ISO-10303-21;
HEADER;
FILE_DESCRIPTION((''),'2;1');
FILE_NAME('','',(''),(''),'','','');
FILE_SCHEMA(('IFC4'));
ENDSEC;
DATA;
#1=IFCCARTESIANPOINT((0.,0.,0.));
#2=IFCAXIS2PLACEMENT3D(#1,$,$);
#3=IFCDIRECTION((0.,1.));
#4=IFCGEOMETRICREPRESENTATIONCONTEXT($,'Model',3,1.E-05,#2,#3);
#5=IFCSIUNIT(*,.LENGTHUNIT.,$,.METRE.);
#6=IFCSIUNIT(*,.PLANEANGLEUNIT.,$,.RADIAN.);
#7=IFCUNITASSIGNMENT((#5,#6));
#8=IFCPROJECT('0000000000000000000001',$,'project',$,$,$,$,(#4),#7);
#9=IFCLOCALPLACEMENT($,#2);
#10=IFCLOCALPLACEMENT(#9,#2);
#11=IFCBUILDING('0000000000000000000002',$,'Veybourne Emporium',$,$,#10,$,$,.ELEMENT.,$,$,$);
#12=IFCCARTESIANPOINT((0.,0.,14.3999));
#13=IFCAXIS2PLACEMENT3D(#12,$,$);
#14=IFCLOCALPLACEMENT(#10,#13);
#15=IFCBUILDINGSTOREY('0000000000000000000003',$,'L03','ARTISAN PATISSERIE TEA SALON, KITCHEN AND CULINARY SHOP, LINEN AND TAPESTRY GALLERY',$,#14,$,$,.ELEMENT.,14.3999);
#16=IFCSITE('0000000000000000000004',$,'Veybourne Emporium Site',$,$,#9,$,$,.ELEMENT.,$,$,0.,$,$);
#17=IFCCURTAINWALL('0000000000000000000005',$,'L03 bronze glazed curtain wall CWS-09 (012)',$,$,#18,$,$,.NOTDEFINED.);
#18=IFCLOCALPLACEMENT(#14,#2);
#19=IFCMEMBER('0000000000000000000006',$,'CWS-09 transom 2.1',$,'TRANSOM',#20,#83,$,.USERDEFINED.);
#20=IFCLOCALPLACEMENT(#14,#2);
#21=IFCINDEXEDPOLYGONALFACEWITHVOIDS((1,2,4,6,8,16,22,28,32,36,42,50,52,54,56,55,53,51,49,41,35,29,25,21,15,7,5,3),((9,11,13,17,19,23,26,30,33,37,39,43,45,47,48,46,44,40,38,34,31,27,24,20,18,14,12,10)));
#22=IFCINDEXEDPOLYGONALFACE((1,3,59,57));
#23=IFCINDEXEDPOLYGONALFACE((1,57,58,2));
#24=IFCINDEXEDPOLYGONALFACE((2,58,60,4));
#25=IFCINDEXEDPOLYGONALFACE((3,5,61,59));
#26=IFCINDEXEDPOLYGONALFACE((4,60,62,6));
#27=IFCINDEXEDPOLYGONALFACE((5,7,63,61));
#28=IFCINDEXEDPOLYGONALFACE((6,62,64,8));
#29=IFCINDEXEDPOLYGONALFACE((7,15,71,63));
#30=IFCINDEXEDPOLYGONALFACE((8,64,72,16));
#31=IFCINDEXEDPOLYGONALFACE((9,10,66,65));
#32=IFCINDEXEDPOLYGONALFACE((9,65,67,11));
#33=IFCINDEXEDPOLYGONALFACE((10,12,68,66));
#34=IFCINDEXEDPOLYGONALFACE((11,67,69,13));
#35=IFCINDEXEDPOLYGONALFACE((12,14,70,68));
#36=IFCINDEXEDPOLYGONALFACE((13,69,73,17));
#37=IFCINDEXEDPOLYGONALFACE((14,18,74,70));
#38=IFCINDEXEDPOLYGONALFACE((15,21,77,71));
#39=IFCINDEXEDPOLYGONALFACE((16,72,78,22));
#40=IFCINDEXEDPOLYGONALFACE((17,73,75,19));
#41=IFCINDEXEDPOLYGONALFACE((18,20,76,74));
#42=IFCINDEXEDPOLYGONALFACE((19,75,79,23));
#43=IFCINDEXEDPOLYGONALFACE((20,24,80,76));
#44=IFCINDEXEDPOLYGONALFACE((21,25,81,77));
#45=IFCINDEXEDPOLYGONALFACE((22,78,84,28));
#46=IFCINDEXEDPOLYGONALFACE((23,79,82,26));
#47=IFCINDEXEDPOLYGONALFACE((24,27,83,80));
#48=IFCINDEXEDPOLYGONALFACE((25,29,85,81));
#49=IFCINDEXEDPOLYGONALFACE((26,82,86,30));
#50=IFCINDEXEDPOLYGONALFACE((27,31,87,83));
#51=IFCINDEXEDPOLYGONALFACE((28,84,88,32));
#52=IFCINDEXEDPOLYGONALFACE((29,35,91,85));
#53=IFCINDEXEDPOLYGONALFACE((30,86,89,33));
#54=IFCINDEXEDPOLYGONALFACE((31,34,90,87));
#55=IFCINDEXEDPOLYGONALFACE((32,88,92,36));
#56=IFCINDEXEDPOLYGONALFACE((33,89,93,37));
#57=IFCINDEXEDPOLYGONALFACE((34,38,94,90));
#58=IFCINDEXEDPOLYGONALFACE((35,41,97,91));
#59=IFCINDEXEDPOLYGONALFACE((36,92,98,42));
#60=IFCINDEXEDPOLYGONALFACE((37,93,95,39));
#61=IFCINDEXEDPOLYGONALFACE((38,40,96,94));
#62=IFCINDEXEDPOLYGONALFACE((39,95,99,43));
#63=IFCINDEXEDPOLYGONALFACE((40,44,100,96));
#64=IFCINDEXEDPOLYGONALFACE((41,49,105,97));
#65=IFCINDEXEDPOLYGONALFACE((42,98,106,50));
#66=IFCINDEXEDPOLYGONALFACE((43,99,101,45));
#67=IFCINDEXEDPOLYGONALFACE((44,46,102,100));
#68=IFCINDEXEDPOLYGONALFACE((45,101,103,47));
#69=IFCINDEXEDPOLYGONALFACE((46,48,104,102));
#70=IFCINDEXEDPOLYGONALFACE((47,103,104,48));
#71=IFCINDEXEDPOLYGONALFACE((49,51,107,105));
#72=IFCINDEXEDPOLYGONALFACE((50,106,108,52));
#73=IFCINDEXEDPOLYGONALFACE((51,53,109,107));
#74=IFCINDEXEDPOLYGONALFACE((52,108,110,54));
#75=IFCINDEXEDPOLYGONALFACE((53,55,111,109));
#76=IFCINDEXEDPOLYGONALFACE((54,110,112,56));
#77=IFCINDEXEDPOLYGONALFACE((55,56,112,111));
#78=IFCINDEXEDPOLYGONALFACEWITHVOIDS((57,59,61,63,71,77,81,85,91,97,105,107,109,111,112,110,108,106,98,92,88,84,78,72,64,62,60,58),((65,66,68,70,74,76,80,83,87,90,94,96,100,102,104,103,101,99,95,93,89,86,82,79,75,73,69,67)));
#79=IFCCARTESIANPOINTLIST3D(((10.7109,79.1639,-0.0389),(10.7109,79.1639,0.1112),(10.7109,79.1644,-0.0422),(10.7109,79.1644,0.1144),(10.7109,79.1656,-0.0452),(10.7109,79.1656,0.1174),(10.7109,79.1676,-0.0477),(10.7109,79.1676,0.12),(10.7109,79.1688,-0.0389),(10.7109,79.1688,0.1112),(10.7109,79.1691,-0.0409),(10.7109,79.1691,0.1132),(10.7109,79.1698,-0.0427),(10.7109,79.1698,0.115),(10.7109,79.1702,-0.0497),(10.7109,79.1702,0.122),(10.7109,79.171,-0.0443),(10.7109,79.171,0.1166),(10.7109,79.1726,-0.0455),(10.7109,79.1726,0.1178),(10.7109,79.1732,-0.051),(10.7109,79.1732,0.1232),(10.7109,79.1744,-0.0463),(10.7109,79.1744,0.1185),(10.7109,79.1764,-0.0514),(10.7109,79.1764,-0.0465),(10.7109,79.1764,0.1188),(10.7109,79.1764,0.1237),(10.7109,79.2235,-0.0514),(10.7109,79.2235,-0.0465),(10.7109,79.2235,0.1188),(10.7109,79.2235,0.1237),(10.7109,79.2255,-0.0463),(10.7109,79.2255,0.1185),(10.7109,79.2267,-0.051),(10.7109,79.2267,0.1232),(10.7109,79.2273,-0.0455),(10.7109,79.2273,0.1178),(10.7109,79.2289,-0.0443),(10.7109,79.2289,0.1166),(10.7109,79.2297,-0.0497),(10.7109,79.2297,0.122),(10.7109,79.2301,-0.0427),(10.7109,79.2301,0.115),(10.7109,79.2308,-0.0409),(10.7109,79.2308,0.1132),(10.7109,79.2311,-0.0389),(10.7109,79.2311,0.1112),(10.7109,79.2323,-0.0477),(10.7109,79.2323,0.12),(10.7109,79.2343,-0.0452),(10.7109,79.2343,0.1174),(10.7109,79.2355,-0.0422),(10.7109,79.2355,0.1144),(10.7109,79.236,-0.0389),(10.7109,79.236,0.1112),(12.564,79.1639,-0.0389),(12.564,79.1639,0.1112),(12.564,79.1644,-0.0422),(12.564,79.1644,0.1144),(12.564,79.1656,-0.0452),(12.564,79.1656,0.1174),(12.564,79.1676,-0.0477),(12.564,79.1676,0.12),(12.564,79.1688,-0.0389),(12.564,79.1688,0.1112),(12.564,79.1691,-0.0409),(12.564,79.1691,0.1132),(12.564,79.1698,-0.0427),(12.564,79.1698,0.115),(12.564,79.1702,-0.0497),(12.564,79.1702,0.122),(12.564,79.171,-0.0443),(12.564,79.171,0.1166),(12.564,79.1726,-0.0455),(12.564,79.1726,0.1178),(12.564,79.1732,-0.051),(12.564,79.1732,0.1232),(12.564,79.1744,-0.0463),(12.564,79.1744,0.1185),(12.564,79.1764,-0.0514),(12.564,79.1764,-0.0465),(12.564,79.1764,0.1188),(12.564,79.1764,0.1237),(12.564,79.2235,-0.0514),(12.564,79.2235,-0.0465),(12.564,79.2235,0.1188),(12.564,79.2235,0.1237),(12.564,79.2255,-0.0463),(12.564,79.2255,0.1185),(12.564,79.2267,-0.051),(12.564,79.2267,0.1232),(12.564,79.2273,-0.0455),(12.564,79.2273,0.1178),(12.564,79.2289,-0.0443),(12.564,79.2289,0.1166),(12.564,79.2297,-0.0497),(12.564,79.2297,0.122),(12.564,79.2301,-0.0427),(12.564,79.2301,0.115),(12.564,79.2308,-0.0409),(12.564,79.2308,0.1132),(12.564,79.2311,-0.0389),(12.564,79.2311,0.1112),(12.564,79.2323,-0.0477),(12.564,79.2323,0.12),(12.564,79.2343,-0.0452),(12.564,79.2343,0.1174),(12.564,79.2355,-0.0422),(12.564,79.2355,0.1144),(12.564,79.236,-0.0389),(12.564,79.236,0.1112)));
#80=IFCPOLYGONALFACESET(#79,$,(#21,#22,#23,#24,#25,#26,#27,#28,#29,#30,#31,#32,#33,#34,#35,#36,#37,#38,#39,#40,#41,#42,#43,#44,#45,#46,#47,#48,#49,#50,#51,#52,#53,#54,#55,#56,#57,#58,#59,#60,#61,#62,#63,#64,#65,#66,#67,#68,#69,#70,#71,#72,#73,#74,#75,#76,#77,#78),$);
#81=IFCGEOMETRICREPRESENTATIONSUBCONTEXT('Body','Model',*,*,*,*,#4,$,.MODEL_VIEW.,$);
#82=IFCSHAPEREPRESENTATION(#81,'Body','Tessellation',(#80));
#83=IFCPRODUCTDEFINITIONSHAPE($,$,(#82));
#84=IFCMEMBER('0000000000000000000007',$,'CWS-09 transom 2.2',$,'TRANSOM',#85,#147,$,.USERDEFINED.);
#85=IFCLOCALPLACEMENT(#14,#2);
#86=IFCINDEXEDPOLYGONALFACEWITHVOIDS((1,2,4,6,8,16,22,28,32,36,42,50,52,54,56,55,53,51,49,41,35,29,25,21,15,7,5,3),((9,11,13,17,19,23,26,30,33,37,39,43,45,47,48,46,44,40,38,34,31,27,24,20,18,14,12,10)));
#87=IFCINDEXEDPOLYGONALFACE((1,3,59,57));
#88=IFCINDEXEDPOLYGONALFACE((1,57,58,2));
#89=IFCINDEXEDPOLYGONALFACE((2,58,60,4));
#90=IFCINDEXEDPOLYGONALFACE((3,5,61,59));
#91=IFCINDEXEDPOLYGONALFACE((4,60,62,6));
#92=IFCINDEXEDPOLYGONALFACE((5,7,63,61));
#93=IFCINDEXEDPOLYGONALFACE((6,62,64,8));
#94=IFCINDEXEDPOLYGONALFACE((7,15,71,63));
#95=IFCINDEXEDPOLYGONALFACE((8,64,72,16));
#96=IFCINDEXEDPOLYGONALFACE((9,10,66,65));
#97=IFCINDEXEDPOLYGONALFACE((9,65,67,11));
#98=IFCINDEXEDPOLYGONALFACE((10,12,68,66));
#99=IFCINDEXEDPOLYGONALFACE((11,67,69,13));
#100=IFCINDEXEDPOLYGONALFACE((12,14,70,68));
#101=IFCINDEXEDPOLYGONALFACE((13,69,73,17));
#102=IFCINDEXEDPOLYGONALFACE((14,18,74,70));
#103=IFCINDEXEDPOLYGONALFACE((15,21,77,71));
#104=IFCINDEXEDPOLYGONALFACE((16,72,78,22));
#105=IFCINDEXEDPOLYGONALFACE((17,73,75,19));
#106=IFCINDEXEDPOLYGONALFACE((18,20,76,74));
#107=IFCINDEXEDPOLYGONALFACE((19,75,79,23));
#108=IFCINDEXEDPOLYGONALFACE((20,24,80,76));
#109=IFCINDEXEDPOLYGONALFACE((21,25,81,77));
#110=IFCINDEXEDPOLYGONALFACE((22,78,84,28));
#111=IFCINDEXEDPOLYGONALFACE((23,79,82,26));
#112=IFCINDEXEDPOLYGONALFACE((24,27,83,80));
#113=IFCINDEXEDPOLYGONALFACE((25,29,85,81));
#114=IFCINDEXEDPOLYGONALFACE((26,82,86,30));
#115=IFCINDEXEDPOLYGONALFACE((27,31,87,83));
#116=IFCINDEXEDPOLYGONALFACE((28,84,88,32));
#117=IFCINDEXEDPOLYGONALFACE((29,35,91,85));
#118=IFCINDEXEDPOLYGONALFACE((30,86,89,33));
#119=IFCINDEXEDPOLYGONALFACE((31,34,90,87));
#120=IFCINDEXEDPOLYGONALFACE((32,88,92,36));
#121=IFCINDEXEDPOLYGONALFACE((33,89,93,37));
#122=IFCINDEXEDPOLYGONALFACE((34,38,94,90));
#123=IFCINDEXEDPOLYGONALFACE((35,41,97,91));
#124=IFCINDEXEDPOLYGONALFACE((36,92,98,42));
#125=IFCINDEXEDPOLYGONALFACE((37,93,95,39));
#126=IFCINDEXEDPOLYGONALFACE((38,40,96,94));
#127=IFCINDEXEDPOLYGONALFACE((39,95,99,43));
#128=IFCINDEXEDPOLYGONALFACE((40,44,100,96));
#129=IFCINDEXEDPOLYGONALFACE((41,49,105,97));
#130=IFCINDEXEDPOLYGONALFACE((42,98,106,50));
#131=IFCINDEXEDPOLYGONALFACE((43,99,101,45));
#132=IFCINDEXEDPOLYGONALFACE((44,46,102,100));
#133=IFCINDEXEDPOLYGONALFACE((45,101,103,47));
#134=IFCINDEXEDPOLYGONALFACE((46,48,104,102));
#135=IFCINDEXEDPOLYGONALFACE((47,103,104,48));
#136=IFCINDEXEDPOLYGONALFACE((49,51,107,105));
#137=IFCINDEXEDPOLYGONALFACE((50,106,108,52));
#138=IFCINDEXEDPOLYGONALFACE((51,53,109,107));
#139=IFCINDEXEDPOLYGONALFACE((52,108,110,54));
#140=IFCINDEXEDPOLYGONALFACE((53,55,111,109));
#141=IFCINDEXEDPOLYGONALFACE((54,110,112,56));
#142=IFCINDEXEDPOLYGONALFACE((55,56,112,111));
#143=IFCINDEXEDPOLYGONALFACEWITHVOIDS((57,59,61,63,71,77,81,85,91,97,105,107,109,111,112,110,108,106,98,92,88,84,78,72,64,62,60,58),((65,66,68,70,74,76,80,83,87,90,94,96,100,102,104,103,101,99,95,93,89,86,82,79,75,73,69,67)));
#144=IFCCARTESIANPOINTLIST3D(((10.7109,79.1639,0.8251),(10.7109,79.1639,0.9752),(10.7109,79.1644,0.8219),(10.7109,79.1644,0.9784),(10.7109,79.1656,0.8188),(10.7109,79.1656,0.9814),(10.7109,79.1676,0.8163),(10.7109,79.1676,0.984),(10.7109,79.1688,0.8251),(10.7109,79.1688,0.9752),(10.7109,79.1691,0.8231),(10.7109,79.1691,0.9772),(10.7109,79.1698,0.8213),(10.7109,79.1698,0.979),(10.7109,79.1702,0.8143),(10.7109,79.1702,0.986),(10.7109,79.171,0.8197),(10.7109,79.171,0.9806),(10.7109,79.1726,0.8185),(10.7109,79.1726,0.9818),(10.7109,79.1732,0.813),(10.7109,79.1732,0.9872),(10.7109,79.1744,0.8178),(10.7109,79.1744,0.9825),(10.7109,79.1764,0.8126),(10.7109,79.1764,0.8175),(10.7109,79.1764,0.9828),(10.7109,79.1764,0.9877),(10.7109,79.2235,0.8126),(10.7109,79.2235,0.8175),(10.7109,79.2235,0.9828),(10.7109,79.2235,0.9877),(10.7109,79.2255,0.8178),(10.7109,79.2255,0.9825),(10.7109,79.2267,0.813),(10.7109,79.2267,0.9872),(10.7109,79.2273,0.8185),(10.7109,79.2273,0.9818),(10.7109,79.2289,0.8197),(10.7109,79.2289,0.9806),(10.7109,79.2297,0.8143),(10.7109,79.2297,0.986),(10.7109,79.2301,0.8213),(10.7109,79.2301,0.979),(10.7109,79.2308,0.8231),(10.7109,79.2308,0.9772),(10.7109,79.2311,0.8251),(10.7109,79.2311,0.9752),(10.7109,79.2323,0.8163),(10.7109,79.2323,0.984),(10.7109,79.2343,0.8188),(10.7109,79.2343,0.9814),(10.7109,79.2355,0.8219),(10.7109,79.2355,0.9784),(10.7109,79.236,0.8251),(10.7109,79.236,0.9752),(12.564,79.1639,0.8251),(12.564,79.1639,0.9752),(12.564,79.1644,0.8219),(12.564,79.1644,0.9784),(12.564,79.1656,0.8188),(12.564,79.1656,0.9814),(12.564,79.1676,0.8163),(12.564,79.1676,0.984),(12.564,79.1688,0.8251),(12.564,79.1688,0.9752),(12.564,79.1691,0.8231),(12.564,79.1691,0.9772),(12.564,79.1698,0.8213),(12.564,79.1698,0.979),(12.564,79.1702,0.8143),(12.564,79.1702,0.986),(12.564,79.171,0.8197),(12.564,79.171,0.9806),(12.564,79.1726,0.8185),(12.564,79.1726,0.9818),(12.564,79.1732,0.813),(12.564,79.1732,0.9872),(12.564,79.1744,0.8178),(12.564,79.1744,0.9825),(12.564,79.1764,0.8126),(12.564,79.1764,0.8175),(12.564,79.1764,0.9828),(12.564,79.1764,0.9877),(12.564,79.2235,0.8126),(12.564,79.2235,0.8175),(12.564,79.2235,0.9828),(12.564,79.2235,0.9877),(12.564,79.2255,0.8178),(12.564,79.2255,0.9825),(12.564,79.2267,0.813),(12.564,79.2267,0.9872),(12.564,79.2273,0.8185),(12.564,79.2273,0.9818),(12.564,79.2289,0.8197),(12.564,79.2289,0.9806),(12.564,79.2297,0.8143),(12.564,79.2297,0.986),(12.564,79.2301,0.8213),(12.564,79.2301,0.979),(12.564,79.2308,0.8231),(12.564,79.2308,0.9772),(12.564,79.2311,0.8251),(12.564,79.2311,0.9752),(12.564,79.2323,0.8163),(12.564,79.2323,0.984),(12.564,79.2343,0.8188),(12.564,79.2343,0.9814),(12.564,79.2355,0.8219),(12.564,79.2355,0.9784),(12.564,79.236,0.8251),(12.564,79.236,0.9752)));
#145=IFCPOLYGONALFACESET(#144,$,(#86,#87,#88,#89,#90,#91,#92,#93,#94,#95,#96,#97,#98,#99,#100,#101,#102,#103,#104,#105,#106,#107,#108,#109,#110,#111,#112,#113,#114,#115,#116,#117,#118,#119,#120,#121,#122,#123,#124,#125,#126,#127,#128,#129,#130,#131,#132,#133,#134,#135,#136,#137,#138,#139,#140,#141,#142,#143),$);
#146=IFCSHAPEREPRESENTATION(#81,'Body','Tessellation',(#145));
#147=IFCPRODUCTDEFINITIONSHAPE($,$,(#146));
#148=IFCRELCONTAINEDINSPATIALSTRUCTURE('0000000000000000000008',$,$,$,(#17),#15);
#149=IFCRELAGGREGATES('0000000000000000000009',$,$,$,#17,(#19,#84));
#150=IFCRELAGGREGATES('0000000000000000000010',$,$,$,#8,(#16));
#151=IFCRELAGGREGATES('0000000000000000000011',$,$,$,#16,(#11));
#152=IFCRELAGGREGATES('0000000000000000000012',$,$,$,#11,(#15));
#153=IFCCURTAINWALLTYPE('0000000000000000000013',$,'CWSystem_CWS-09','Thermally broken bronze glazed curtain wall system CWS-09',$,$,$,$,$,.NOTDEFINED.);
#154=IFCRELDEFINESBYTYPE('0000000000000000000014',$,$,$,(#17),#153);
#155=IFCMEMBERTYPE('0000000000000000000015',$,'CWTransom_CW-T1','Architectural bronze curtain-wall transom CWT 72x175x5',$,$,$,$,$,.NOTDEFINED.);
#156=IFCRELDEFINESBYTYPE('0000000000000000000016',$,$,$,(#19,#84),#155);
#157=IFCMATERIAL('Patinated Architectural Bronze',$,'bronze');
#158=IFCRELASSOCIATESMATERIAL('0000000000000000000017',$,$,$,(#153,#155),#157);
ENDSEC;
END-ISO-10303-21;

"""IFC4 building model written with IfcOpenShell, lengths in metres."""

from ifc_helpers import new_model, si_unit, direction, frame, origin, origin_2d, place, context, subcontext, project, spatial, hollow_rectangle, extrude, material, material_profile, profile_set, type_object, element, aggregate, save


model = new_model("IFC4")

# Units and contexts
model_context = context("Model", 3, precision=1e-05, world=origin(), true_north=direction((0.0, 1.0)))
body_context = subcontext(model_context, "Body", "Model", "MODEL_VIEW")
ifc_project = project(units=[si_unit("LENGTHUNIT", "METRE"), si_unit("PLANEANGLEUNIT", "RADIAN")], contexts=[model_context])

# Site, building, storey
site_placement = place(None, origin())
site = spatial("IfcSite", under=ifc_project, at=site_placement, Name="Veybourne Emporium Site", CompositionType="ELEMENT", RefElevation=0.0)
building_placement = place(site_placement, origin())
building = spatial("IfcBuilding", under=site, at=building_placement, Name="Veybourne Emporium", CompositionType="ELEMENT")
storey_placement = place(building_placement, frame((0.0, 0.0, 14.3999)))
storey = spatial("IfcBuildingStorey", under=building, at=storey_placement, Name="L03", Description="ARTISAN PATISSERIE TEA SALON, KITCHEN AND CULINARY SHOP, LINEN AND TAPESTRY GALLERY", CompositionType="ELEMENT", Elevation=14.3999)

# Curtain wall, members
ifc_material_1 = material(Name="Patinated Architectural Bronze", Category="bronze")
curtain_wall_type = type_object("IfcCurtainWallType", Name="CWSystem_CWS-09", Description="Thermally broken bronze glazed curtain wall system CWS-09", PredefinedType="NOTDEFINED", material=ifc_material_1)
curtain_wall_placement = place(storey_placement, origin())
curtain_wall = element("IfcCurtainWall", 1, at=curtain_wall_placement, inside=storey, type_object=curtain_wall_type, Name="L03 bronze glazed curtain wall CWS-09 (012)", PredefinedType="NOTDEFINED")
ifc_material_profile_1 = material_profile(ifc_material_1, hollow_rectangle(XDim=0.072, YDim=0.175, WallThickness=0.0049, InnerFilletRadius=0.0076, OuterFilletRadius=0.0125, at=origin_2d()), Name="CWT 72x175x5")
ifc_profile_set_1 = profile_set([ifc_material_profile_1], Name="Patinated Architectural Bronze")
member_type_1 = type_object("IfcMemberType", Name="CWTransom_CW-T1", Description="Architectural bronze curtain-wall transom CWT 72x175x5", PredefinedType="NOTDEFINED", material=ifc_profile_set_1)
member_1_placement = place(storey_placement, frame((10.7109, 79.2, 0.0361), z_axis=(1.0, 0.0, 0.0), x_axis=(0.0, 1.0, 0.0)))
member_1 = element("IfcMember", 2, at=member_1_placement, type_object=member_type_1, Name="CWS-09 transom 2.1", ObjectType="TRANSOM", PredefinedType="USERDEFINED", context=body_context, shape_type="SweptSolid", body=[
    extrude(hollow_rectangle(XDim=0.072, YDim=0.175, WallThickness=0.0049, InnerFilletRadius=0.0076, OuterFilletRadius=0.0125, at=origin_2d()), origin(), (0.0, 0.0, 1.0), 1.853),
])
member_2_placement = place(storey_placement, frame((10.7109, 79.2, 0.9001), z_axis=(1.0, 0.0, 0.0), x_axis=(0.0, 1.0, 0.0)))
member_2 = element("IfcMember", 3, at=member_2_placement, type_object=member_type_1, Name="CWS-09 transom 2.2", ObjectType="TRANSOM", PredefinedType="USERDEFINED", context=body_context, shape_type="SweptSolid", body=[
    extrude(hollow_rectangle(XDim=0.072, YDim=0.175, WallThickness=0.0049, InnerFilletRadius=0.0076, OuterFilletRadius=0.0125, at=origin_2d()), origin(), (0.0, 0.0, 1.0), 1.853),
])

aggregate(curtain_wall, [member_1, member_2])

save(model, "model.ifc")
